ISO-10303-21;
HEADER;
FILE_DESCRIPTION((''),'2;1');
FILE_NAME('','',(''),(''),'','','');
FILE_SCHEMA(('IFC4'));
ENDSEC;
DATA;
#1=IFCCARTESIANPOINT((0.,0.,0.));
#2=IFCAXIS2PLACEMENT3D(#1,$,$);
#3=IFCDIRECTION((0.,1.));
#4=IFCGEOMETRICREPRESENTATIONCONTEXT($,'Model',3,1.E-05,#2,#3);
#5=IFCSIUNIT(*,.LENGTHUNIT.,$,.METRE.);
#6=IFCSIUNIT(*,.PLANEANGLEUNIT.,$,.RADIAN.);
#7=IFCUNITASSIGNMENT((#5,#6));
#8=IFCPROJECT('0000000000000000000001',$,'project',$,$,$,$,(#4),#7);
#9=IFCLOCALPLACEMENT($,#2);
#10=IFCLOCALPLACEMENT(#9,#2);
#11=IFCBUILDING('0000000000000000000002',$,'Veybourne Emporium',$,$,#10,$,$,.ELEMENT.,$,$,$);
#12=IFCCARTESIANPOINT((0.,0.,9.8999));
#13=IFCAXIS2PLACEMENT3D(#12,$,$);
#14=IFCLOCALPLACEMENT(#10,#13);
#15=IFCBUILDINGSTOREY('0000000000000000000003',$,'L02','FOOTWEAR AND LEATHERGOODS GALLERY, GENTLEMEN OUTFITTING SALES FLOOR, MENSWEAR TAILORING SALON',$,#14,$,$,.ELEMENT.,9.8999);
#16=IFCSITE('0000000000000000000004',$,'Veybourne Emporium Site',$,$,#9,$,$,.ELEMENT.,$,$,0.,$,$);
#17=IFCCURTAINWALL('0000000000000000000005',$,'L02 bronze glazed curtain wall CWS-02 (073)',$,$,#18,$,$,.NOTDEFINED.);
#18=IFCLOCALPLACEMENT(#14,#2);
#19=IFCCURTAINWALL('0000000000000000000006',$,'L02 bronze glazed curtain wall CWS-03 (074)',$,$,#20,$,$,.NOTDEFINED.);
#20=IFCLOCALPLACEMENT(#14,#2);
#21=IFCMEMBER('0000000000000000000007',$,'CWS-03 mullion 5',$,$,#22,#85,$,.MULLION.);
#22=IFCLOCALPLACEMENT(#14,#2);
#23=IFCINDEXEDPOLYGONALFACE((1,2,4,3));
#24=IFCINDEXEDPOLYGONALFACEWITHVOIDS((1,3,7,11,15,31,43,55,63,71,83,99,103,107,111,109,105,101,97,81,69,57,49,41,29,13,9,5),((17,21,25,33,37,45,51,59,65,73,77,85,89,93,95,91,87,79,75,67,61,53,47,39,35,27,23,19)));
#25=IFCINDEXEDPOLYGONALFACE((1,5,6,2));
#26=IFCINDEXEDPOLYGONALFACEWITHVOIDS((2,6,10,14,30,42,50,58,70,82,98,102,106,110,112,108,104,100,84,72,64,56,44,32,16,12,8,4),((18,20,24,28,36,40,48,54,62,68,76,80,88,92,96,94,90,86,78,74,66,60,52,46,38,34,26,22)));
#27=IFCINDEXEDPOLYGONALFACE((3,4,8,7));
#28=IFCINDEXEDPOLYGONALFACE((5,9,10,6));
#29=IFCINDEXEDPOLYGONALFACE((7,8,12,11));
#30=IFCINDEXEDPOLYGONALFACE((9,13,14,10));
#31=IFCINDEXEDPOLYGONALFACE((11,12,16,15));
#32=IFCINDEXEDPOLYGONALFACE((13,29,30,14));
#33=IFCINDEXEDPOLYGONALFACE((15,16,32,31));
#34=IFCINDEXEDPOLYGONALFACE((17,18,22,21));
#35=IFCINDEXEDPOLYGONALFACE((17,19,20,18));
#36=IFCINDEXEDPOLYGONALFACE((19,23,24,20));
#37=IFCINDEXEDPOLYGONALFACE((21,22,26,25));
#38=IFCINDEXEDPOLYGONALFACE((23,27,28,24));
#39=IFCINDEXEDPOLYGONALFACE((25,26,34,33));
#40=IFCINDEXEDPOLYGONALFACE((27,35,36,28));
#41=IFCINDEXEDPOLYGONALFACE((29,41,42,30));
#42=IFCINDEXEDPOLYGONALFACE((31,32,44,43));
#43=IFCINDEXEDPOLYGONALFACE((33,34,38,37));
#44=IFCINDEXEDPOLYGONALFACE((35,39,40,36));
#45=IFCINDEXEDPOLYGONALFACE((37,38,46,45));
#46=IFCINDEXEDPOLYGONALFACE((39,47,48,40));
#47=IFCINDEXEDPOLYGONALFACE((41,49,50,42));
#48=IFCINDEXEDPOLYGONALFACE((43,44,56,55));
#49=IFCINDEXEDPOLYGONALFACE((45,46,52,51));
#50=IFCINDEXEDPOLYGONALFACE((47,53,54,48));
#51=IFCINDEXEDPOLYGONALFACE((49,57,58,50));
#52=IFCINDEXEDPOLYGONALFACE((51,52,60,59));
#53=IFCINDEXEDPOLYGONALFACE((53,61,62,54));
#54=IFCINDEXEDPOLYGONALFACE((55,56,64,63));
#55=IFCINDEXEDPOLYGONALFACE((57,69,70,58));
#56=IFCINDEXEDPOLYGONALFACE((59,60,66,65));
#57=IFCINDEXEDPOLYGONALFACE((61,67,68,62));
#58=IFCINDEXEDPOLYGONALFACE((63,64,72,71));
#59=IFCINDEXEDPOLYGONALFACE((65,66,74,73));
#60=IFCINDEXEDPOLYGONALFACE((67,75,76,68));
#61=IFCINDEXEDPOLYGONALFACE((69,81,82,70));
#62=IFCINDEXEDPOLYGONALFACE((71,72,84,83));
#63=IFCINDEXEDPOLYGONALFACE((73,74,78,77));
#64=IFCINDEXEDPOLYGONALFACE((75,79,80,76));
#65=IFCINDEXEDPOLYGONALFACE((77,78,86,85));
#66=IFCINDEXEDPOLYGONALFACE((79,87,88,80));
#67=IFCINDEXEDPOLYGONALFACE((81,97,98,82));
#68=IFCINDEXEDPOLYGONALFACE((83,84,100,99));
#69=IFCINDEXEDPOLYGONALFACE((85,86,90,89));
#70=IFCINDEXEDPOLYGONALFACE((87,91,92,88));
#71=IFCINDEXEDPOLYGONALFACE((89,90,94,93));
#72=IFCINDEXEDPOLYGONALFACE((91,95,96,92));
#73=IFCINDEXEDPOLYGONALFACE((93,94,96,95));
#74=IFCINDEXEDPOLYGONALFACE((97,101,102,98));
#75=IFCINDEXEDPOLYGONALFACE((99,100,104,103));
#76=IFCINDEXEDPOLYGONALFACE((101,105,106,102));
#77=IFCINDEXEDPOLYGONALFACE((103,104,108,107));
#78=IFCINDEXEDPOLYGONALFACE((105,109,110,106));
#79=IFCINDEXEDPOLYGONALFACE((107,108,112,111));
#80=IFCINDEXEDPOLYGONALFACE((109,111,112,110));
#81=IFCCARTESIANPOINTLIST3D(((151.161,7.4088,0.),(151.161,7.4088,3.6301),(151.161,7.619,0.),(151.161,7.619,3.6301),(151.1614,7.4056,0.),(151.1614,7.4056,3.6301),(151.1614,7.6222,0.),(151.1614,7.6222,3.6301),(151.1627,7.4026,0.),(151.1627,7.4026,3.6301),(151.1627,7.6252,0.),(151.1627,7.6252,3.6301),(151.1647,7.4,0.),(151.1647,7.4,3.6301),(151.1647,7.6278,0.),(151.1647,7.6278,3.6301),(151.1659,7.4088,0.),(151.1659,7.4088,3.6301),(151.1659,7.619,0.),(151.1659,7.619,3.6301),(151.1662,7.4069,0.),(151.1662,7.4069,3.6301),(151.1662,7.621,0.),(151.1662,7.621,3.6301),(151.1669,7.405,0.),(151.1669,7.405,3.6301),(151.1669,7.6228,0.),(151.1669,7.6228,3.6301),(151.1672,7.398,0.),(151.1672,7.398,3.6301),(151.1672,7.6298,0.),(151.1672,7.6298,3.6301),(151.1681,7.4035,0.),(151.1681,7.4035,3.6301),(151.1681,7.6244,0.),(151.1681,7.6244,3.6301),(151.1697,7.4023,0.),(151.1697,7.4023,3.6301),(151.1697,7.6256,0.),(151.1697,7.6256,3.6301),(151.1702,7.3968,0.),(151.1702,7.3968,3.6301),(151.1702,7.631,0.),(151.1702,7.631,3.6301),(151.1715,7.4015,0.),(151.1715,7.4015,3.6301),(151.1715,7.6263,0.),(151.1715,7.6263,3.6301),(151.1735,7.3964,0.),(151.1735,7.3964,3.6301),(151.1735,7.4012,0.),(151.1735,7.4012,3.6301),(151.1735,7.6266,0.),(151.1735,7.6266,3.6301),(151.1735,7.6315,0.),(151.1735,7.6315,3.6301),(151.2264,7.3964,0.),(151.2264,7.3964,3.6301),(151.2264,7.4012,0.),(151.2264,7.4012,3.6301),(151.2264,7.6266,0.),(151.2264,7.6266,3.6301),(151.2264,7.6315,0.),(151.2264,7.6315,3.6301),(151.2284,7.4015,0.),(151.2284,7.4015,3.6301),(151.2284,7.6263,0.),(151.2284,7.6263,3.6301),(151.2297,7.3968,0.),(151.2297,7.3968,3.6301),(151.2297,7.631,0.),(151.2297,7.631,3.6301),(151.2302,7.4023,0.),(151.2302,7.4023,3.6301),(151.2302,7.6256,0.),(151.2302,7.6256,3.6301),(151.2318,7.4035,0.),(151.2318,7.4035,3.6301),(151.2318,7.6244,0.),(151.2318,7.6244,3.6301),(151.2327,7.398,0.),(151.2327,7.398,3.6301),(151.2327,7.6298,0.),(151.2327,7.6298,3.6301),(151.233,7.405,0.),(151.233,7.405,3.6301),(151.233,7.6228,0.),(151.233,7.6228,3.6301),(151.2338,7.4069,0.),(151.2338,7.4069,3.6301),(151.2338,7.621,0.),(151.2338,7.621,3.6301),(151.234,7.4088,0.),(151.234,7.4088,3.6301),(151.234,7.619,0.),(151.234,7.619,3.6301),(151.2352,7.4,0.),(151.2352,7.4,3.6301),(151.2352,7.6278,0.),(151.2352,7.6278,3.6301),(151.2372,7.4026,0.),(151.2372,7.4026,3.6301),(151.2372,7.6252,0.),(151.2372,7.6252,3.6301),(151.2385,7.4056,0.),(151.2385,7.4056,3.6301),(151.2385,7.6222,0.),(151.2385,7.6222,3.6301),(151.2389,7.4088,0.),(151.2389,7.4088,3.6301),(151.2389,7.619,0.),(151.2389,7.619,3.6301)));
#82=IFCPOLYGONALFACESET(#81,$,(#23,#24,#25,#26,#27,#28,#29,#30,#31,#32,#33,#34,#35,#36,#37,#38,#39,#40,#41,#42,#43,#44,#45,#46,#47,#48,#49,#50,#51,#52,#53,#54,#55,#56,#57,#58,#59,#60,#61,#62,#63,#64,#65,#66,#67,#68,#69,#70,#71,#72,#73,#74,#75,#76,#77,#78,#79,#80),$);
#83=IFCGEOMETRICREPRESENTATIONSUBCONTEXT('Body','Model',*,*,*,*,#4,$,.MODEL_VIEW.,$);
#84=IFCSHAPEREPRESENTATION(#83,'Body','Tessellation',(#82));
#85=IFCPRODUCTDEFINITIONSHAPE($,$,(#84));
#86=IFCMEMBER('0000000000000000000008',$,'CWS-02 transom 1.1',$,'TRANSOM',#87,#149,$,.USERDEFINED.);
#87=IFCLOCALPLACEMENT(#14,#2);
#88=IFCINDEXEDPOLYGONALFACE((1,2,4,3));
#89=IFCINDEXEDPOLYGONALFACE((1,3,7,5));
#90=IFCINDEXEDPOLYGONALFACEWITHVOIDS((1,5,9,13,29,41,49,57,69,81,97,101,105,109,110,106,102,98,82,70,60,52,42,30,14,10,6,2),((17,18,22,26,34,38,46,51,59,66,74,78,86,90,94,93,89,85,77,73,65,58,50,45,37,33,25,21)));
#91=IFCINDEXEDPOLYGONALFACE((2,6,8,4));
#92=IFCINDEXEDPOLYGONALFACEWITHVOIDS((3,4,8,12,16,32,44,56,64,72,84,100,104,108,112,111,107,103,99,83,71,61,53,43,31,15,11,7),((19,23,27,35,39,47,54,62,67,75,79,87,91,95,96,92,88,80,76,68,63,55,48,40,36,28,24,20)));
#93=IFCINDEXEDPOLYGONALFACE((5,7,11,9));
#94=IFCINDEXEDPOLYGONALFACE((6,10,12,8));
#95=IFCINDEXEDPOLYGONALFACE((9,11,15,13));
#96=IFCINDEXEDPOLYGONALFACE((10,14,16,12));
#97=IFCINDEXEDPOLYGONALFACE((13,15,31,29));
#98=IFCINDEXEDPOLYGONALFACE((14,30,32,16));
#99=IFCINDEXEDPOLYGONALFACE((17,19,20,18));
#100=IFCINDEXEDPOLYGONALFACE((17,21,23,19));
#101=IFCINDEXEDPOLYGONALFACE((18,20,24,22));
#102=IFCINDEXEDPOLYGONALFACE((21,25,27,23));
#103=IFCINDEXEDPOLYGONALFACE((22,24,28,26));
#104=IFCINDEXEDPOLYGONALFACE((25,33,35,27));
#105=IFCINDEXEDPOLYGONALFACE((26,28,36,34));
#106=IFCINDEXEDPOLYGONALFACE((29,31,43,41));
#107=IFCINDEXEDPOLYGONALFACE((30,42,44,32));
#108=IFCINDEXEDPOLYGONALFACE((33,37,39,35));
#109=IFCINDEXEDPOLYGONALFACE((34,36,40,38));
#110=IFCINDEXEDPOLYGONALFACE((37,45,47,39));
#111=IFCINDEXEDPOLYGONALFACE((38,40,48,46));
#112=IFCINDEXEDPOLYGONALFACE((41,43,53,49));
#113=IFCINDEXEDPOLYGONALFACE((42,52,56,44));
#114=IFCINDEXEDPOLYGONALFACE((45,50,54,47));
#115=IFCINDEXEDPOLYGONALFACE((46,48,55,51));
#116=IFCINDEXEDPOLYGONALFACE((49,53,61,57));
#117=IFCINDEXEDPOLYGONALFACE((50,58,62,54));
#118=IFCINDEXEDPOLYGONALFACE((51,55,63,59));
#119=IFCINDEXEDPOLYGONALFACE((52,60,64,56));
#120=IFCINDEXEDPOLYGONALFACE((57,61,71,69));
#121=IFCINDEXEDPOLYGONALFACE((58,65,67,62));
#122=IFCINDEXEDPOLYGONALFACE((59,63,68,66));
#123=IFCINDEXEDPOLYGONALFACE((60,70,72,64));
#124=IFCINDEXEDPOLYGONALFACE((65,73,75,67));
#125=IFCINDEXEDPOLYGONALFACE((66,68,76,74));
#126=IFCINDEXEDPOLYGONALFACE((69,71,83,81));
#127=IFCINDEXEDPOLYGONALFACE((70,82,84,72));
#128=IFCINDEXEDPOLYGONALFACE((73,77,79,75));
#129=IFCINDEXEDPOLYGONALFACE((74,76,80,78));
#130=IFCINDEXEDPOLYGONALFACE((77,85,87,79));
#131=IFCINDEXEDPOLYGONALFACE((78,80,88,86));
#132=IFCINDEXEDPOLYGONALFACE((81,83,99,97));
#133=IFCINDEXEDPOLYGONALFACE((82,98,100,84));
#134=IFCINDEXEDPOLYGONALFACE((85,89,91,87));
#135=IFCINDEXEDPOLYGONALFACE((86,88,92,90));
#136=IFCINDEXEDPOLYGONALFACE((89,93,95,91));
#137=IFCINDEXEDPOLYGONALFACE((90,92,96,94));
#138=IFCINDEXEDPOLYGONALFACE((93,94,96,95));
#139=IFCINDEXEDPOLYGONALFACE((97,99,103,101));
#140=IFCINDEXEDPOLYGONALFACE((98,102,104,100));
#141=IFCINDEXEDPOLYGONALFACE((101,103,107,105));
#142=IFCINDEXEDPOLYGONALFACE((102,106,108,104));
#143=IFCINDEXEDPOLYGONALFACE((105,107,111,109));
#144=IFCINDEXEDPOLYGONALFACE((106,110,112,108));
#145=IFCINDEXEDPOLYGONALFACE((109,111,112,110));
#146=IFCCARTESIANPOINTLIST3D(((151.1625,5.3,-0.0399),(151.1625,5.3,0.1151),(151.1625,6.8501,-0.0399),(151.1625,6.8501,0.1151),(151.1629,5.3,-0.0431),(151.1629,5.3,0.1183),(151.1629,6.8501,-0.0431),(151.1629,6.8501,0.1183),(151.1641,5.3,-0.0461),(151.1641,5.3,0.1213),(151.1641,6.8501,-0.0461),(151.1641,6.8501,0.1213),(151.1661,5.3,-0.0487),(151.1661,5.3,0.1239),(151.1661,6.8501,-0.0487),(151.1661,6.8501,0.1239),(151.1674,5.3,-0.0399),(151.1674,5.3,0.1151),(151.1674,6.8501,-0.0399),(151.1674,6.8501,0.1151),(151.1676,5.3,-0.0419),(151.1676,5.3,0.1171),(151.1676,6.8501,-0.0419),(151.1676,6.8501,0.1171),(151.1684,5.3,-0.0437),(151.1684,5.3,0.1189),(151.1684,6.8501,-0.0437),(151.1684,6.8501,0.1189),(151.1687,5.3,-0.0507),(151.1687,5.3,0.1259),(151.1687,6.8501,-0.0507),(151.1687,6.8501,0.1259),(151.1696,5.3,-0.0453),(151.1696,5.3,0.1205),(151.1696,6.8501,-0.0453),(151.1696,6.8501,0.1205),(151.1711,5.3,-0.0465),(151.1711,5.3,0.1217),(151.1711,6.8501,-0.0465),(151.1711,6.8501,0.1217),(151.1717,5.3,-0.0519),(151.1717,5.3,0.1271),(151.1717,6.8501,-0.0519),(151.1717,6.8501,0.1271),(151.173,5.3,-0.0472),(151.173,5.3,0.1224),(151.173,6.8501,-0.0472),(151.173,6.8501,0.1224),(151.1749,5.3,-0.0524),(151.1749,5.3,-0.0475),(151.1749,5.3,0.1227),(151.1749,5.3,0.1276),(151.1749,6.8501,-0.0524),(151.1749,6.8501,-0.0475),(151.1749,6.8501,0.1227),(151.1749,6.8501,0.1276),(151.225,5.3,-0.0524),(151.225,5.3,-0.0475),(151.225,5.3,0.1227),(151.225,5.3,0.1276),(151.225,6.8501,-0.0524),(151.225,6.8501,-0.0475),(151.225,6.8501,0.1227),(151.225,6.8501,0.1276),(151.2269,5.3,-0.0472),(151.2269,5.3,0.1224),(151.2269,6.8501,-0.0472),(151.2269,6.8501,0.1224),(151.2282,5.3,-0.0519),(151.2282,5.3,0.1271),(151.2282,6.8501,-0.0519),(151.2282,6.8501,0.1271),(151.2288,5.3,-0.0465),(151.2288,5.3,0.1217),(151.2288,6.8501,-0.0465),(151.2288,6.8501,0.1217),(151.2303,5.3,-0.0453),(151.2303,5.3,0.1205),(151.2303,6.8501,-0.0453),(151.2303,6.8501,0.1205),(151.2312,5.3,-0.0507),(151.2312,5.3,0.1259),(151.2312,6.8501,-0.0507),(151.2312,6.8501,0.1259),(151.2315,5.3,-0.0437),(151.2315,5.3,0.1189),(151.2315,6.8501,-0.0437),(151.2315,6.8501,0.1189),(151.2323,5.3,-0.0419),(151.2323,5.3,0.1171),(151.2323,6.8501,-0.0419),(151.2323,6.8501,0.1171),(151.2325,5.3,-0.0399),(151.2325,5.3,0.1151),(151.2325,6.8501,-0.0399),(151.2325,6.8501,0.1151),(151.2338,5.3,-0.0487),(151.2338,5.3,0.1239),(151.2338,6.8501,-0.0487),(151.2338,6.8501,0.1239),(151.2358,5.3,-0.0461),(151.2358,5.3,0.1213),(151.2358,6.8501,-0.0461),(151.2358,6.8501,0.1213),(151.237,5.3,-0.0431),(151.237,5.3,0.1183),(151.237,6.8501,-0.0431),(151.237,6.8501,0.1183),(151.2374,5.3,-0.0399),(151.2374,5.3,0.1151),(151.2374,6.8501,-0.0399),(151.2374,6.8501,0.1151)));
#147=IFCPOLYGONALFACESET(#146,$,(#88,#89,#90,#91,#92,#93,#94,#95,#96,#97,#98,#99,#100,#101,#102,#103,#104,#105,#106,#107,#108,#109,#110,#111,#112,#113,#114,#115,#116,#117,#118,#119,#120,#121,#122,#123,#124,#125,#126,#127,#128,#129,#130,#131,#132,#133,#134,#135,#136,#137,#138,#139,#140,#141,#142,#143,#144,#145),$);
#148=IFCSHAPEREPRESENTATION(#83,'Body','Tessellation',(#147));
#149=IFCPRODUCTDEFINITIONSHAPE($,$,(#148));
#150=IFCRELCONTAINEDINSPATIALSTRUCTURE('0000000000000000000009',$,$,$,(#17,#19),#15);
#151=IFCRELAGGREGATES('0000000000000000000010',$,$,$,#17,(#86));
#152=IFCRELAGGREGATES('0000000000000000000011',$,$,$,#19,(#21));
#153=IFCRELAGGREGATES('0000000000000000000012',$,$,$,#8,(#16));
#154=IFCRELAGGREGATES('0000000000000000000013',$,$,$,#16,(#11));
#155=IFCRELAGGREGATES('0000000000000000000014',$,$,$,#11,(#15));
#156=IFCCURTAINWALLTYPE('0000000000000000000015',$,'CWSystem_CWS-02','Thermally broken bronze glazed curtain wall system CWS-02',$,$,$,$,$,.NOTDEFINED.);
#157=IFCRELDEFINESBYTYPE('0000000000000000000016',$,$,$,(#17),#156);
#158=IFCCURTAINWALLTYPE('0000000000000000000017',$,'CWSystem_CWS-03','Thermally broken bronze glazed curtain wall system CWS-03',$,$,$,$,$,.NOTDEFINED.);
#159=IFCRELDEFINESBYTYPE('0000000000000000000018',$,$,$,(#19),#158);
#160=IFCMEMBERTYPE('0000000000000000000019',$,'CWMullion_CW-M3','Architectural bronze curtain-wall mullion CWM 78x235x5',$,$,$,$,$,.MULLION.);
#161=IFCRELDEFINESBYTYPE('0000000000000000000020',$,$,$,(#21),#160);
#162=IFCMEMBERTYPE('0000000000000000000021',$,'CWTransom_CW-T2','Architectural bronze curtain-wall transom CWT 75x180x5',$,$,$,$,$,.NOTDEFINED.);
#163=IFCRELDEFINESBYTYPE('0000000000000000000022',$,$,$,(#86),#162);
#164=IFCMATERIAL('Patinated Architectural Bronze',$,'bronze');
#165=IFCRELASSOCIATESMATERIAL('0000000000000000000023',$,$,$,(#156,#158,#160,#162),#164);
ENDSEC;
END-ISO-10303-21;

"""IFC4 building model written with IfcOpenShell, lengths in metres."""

from ifc_helpers import new_model, si_unit, direction, frame, origin, origin_2d, place, context, subcontext, project, spatial, hollow_rectangle, extrude, material, material_profile, profile_set, type_object, element, aggregate, save


model = new_model("IFC4")

# Units and contexts
model_context = context("Model", 3, precision=1e-05, world=origin(), true_north=direction((0.0, 1.0)))
body_context = subcontext(model_context, "Body", "Model", "MODEL_VIEW")
ifc_project = project(units=[si_unit("LENGTHUNIT", "METRE"), si_unit("PLANEANGLEUNIT", "RADIAN")], contexts=[model_context])

# Site, building, storey
site_placement = place(None, origin())
site = spatial("IfcSite", under=ifc_project, at=site_placement, Name="Veybourne Emporium Site", CompositionType="ELEMENT", RefElevation=0.0)
building_placement = place(site_placement, origin())
building = spatial("IfcBuilding", under=site, at=building_placement, Name="Veybourne Emporium", CompositionType="ELEMENT")
storey_placement = place(building_placement, frame((0.0, 0.0, 9.8999)))
storey = spatial("IfcBuildingStorey", under=building, at=storey_placement, Name="L02", Description="FOOTWEAR AND LEATHERGOODS GALLERY, GENTLEMEN OUTFITTING SALES FLOOR, MENSWEAR TAILORING SALON", CompositionType="ELEMENT", Elevation=9.8999)

# Curtain walls, member
ifc_material_1 = material(Name="Patinated Architectural Bronze", Category="bronze")
curtain_wall_type_1 = type_object("IfcCurtainWallType", Name="CWSystem_CWS-02", Description="Thermally broken bronze glazed curtain wall system CWS-02", PredefinedType="NOTDEFINED", material=ifc_material_1)
curtain_wall_1_placement = place(storey_placement, origin())
curtain_wall_1 = element("IfcCurtainWall", 1, at=curtain_wall_1_placement, inside=storey, type_object=curtain_wall_type_1, Name="L02 bronze glazed curtain wall CWS-02 (073)", PredefinedType="NOTDEFINED")
curtain_wall_type_2 = type_object("IfcCurtainWallType", Name="CWSystem_CWS-03", Description="Thermally broken bronze glazed curtain wall system CWS-03", PredefinedType="NOTDEFINED", material=ifc_material_1)
curtain_wall_2_placement = place(storey_placement, origin())
curtain_wall_2 = element("IfcCurtainWall", 2, at=curtain_wall_2_placement, inside=storey, type_object=curtain_wall_type_2, Name="L02 bronze glazed curtain wall CWS-03 (074)", PredefinedType="NOTDEFINED")
ifc_material_profile_1 = material_profile(ifc_material_1, hollow_rectangle(XDim=0.0779, YDim=0.2351, WallThickness=0.0049, InnerFilletRadius=0.0076, OuterFilletRadius=0.0125, at=origin_2d()), Name="CWM 78x235x5")
ifc_profile_set_1 = profile_set([ifc_material_profile_1], Name="Patinated Architectural Bronze")
member_type_1 = type_object("IfcMemberType", Name="CWMullion_CW-M3", Description="Architectural bronze curtain-wall mullion CWM 78x235x5", PredefinedType="MULLION", material=ifc_profile_set_1)
member_1_placement = place(storey_placement, frame((151.2, 7.5139, 0.0), z_axis=(0.0, 0.0, 1.0), x_axis=(1.0, 0.0, 0.0)))
member_1 = element("IfcMember", 3, at=member_1_placement, type_object=member_type_1, Name="CWS-03 mullion 5", PredefinedType="MULLION", context=body_context, shape_type="SweptSolid", body=[
    extrude(hollow_rectangle(XDim=0.0779, YDim=0.2351, WallThickness=0.0049, InnerFilletRadius=0.0076, OuterFilletRadius=0.0125, at=origin_2d()), origin(), (0.0, 0.0, 1.0), 3.6301),
])

# Member
ifc_material_profile_2 = material_profile(ifc_material_1, hollow_rectangle(XDim=0.075, YDim=0.1799, WallThickness=0.0049, InnerFilletRadius=0.0076, OuterFilletRadius=0.0125, at=origin_2d()), Name="CWT 75x180x5")
ifc_profile_set_2 = profile_set([ifc_material_profile_2], Name="Patinated Architectural Bronze")
member_type_2 = type_object("IfcMemberType", Name="CWTransom_CW-T2", Description="Architectural bronze curtain-wall transom CWT 75x180x5", PredefinedType="NOTDEFINED", material=ifc_profile_set_2)
member_2_placement = place(storey_placement, frame((151.2, 6.8501, 0.0376), z_axis=(0.0, -1.0, 0.0), x_axis=(1.0, 0.0, 0.0)))
member_2 = element("IfcMember", 4, at=member_2_placement, type_object=member_type_2, Name="CWS-02 transom 1.1", ObjectType="TRANSOM", PredefinedType="USERDEFINED", context=body_context, shape_type="SweptSolid", body=[
    extrude(hollow_rectangle(XDim=0.075, YDim=0.1799, WallThickness=0.0049, InnerFilletRadius=0.0076, OuterFilletRadius=0.0125, at=origin_2d()), origin(), (0.0, 0.0, 1.0), 1.55),
])

aggregate(curtain_wall_1, [member_2])
aggregate(curtain_wall_2, [member_1])

save(model, "model.ifc")
